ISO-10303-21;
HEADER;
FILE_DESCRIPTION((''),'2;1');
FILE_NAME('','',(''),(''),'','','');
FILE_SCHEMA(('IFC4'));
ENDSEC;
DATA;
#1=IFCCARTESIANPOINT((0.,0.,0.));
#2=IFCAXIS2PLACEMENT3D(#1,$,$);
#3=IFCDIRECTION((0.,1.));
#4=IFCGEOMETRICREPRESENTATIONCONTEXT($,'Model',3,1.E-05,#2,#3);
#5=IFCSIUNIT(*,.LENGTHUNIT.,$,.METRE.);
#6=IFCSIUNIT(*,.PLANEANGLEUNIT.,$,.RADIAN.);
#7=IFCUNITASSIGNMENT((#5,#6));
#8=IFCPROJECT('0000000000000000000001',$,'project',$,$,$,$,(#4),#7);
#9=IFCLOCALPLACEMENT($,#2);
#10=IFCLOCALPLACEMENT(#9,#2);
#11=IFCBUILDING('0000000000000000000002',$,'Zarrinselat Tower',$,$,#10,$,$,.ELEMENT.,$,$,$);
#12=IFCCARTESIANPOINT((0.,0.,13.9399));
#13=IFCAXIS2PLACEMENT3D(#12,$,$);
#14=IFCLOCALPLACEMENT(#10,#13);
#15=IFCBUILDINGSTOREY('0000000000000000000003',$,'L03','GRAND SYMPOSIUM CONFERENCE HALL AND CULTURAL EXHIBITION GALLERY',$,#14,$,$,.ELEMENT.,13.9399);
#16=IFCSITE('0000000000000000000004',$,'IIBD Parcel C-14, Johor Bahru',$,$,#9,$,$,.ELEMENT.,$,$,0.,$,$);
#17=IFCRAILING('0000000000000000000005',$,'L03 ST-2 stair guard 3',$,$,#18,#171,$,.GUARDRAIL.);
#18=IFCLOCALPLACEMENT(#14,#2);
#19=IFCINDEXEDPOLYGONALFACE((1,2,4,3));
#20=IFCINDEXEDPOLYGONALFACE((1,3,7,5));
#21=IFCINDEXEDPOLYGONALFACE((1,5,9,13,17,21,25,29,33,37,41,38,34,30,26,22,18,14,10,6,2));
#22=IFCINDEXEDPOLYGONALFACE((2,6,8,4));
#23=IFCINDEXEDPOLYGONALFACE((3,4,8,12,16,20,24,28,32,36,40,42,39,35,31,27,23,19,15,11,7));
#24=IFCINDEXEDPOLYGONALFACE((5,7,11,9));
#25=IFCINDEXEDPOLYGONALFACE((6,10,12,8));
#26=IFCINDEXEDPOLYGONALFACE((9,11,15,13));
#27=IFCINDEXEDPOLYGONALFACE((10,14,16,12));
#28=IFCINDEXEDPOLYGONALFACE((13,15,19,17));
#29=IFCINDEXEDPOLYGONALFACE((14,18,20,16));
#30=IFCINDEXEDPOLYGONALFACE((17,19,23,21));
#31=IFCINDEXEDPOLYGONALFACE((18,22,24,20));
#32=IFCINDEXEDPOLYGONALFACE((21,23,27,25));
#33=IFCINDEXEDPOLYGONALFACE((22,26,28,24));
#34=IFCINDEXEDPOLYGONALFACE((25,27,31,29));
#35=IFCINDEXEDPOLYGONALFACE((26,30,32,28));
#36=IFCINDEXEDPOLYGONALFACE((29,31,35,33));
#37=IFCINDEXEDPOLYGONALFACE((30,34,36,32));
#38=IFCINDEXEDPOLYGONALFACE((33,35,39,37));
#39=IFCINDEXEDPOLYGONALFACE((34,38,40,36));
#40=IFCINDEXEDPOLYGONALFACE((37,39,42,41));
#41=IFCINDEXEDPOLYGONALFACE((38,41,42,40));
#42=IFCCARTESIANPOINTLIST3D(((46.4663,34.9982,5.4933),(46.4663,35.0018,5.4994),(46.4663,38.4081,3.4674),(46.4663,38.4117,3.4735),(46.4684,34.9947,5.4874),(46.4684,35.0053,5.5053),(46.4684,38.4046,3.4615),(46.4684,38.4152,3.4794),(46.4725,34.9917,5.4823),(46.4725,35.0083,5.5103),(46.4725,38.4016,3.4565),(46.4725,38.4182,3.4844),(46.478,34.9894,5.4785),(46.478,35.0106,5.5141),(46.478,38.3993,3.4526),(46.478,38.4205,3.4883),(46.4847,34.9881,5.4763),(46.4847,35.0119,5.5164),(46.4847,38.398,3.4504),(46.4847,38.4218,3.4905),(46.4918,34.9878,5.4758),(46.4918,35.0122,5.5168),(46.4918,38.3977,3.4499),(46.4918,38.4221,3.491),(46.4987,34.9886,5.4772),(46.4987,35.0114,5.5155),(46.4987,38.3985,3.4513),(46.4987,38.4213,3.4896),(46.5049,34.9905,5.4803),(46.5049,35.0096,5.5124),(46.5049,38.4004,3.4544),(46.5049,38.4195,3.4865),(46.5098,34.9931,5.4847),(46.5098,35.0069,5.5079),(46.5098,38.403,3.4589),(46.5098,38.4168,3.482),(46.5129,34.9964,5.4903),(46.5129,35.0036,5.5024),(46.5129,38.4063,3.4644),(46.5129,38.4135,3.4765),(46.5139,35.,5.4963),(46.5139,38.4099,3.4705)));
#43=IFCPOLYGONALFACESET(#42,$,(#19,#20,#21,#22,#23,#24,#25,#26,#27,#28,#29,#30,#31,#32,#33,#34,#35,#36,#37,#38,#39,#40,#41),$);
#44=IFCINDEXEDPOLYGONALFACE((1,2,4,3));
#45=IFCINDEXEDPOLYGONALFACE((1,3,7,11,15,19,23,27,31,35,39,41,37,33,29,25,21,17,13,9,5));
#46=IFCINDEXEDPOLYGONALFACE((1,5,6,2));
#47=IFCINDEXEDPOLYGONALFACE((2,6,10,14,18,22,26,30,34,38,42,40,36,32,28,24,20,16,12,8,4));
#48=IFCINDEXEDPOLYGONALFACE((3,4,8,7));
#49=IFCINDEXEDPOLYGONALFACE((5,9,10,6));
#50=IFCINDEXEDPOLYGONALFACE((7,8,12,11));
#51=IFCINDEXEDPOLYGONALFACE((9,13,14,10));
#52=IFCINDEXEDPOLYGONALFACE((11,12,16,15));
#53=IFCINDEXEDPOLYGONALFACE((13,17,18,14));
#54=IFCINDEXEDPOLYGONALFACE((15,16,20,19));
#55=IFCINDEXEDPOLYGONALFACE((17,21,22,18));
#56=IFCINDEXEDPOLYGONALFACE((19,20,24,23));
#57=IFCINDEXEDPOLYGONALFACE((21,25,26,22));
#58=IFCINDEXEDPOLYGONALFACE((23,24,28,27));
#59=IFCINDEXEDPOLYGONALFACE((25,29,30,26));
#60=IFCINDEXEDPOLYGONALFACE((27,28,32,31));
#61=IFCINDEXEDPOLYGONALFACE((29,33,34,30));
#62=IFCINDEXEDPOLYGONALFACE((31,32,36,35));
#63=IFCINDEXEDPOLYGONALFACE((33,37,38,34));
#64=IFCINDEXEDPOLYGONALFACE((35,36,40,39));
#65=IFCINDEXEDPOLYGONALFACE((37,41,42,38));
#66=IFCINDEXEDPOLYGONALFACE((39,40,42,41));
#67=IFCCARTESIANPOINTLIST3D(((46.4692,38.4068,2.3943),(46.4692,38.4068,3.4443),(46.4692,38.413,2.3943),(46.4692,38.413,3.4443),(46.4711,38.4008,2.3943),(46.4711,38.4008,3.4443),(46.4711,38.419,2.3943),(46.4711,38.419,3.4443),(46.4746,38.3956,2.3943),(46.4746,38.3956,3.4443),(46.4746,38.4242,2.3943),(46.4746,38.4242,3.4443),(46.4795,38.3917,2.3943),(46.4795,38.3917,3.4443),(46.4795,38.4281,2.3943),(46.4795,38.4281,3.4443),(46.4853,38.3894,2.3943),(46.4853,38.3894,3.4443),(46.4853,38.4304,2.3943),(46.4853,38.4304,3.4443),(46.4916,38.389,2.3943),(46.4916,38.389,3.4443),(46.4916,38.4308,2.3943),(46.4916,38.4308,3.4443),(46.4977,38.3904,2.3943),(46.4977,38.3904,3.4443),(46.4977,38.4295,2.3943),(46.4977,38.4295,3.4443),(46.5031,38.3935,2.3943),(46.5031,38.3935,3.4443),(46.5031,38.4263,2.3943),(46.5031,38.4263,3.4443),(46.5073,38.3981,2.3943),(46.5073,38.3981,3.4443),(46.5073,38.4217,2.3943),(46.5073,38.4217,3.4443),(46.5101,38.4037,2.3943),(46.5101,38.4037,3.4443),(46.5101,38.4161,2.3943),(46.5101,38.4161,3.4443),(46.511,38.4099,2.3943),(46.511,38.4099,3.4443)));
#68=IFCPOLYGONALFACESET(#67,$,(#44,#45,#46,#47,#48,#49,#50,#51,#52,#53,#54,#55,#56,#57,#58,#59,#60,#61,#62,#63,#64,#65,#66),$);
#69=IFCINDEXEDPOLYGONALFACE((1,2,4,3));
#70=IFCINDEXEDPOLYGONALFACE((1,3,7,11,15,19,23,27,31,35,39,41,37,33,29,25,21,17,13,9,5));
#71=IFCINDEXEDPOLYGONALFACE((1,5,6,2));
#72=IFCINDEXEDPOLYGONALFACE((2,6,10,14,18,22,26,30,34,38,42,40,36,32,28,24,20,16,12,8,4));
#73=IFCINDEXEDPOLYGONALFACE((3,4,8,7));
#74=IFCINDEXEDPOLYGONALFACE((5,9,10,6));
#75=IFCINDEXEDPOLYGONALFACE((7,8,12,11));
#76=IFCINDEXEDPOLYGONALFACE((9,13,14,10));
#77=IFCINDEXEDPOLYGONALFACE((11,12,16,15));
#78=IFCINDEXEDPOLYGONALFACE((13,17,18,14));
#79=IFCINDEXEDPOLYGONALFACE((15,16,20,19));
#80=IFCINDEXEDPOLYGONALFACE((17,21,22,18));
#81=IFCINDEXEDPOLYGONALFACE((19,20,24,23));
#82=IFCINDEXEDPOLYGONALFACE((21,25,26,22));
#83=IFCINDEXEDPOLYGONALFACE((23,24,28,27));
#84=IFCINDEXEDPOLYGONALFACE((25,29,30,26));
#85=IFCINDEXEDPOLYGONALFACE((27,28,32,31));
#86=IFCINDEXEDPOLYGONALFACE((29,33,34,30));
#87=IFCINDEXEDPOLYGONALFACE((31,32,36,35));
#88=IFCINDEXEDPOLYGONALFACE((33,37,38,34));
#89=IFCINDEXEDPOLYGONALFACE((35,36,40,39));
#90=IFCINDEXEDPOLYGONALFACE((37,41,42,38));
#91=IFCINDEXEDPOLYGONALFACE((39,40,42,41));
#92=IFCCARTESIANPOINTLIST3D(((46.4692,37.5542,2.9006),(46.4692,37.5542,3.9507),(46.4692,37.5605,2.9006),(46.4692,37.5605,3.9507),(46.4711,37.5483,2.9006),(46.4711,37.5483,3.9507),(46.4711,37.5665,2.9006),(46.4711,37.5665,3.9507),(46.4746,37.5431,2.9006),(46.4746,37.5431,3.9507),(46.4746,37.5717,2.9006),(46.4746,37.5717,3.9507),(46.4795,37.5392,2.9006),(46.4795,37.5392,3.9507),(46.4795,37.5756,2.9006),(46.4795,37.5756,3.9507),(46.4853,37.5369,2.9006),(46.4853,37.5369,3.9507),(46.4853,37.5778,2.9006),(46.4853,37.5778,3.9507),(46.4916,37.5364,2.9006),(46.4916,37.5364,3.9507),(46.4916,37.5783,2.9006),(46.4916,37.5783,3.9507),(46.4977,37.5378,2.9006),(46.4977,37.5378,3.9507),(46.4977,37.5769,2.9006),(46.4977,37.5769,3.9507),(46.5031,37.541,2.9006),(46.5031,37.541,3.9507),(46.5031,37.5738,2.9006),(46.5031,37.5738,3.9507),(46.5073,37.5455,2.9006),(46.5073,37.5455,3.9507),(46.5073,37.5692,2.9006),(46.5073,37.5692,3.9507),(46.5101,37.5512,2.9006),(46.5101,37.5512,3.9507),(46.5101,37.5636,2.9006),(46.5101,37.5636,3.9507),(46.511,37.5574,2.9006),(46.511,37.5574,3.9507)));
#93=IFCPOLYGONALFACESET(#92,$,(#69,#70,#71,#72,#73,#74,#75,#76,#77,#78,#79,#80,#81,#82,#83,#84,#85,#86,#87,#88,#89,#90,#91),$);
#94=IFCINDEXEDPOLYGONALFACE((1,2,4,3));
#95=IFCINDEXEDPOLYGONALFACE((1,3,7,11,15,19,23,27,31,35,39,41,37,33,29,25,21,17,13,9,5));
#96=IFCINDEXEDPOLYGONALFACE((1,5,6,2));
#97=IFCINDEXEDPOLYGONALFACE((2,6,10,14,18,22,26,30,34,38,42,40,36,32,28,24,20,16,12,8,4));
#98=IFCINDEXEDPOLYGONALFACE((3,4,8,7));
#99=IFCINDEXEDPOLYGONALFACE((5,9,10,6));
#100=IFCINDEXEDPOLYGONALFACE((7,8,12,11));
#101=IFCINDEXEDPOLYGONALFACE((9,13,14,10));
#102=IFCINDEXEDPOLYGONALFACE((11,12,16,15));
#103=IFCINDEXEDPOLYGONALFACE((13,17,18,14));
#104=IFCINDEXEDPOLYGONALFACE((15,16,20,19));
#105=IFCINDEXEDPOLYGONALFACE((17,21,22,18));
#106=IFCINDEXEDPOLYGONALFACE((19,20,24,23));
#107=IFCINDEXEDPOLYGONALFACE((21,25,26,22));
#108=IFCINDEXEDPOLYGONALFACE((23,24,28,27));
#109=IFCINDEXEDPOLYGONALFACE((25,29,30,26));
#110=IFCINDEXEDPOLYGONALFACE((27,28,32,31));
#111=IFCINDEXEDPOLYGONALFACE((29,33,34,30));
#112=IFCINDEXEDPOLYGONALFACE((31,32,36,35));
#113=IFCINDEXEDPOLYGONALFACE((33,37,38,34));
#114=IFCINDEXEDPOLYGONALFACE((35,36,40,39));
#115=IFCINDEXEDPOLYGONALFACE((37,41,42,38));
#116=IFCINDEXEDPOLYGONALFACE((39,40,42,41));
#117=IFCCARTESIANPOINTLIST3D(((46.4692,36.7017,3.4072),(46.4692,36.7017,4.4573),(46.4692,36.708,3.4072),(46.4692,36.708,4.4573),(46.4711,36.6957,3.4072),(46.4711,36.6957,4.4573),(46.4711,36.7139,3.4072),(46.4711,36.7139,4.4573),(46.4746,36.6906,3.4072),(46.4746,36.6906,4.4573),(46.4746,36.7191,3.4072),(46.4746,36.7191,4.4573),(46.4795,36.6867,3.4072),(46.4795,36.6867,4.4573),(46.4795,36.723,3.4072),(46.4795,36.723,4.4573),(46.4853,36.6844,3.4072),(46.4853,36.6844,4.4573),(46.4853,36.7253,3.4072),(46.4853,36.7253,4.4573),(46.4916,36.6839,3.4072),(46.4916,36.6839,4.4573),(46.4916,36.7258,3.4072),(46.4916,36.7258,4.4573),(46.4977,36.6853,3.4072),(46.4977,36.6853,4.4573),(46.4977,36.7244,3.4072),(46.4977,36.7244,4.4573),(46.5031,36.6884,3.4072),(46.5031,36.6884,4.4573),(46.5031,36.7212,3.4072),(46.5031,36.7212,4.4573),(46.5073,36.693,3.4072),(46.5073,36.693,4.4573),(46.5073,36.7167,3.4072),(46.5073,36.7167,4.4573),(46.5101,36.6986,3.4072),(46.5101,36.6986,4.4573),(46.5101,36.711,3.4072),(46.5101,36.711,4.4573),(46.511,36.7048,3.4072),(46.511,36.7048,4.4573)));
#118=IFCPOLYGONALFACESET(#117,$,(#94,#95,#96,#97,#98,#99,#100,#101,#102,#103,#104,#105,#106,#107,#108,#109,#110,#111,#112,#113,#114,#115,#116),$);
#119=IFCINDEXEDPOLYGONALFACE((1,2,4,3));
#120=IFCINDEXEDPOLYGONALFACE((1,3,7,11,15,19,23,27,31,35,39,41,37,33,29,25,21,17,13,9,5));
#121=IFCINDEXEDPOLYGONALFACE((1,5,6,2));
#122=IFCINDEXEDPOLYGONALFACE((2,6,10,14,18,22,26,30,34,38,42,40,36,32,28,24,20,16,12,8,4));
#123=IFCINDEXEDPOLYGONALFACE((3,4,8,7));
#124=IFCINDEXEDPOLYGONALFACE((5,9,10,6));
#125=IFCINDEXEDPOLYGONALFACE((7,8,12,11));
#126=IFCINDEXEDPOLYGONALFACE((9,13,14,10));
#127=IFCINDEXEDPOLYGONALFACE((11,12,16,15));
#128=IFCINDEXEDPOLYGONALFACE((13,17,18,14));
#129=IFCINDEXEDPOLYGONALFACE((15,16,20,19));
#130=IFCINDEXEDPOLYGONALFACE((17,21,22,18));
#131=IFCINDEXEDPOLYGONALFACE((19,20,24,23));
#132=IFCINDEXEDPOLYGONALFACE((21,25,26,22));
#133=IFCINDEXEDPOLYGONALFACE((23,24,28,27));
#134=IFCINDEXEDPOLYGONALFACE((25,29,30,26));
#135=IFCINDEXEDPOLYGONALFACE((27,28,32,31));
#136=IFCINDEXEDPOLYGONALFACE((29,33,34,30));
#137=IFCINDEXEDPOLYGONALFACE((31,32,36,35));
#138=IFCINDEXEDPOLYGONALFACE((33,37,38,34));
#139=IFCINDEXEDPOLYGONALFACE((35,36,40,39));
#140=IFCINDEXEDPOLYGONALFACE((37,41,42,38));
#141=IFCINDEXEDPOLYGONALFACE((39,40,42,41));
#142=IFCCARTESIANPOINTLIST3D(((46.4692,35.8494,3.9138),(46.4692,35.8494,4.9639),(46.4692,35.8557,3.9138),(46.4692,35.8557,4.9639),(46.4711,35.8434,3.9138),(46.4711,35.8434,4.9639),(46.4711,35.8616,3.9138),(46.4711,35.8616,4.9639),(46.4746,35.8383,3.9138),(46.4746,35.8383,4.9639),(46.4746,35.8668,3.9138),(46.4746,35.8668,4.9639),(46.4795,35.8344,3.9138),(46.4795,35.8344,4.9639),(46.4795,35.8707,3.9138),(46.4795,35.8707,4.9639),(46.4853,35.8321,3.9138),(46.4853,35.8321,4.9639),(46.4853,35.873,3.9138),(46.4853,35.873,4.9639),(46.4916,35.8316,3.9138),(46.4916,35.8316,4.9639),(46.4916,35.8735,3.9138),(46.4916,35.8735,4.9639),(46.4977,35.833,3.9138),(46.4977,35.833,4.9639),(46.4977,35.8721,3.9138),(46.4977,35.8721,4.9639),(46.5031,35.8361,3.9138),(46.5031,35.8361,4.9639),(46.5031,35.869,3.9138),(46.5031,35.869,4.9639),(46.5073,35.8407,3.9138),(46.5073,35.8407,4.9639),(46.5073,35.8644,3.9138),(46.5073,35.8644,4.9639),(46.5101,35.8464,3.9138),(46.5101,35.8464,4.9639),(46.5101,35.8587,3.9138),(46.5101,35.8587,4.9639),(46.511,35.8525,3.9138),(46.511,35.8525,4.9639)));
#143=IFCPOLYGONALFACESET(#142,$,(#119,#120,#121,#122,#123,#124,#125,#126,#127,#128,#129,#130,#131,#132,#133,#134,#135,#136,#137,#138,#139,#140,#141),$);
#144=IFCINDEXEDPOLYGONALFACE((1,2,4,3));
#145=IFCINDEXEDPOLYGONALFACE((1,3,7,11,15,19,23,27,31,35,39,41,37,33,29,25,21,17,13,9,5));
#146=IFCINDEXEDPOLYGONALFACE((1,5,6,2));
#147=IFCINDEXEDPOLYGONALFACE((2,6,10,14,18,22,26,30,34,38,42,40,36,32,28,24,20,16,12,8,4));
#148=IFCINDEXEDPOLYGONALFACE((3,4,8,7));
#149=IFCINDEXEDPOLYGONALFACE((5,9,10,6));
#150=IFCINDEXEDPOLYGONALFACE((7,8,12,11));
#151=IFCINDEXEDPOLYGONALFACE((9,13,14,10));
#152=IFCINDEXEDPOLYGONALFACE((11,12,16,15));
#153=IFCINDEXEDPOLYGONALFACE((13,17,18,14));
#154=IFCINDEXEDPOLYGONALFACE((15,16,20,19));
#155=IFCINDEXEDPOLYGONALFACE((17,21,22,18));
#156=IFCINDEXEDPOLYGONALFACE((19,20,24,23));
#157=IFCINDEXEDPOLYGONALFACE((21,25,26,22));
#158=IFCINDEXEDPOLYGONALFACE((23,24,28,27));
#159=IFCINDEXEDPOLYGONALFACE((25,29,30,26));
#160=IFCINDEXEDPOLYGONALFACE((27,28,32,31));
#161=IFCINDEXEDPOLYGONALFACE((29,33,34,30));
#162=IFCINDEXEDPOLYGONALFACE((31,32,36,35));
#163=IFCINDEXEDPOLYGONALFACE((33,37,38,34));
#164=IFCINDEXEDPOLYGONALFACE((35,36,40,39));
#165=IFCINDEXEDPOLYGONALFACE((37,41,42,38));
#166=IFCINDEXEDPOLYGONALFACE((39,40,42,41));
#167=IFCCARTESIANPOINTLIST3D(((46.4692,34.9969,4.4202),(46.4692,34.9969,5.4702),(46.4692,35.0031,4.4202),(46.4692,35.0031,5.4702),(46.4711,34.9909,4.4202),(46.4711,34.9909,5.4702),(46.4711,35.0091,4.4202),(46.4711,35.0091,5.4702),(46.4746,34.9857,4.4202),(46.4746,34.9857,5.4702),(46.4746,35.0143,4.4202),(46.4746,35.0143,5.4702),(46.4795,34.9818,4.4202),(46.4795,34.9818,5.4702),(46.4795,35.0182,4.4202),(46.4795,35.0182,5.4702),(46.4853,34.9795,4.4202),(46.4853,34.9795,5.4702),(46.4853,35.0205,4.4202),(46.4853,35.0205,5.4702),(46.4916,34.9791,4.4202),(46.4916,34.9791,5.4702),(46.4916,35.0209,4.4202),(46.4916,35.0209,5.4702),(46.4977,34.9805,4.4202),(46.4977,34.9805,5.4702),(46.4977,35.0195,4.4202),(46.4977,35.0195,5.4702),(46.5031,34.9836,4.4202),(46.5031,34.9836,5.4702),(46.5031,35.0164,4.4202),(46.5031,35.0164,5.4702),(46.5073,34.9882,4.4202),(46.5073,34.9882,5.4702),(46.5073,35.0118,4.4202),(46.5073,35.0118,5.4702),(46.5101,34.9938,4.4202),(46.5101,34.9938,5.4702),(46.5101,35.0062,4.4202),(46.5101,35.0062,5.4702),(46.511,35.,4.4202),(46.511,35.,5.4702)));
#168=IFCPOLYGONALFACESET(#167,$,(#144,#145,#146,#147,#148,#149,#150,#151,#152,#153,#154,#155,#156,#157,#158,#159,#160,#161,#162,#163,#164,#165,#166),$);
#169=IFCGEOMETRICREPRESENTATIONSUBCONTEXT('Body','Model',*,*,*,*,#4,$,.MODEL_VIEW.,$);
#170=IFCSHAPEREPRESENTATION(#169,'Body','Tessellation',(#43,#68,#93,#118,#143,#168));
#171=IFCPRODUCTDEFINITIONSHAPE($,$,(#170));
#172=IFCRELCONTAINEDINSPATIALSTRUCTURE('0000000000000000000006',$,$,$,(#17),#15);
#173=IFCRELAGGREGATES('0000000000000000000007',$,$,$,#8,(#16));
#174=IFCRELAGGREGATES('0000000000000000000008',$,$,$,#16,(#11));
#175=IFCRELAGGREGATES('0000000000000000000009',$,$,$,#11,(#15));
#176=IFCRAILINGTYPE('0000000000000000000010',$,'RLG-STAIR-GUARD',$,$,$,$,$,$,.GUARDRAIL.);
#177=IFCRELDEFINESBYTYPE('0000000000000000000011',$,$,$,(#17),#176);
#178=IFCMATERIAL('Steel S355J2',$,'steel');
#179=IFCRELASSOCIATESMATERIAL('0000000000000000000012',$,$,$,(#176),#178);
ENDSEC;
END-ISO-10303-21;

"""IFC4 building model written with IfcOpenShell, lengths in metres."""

from ifc_helpers import new_model, si_unit, direction, frame, origin, origin_2d, place, context, subcontext, project, spatial, circle, extrude, material, type_object, element, save


model = new_model("IFC4")

# Units and contexts
model_context = context("Model", 3, precision=1e-05, world=origin(), true_north=direction((0.0, 1.0)))
body_context = subcontext(model_context, "Body", "Model", "MODEL_VIEW")
ifc_project = project(units=[si_unit("LENGTHUNIT", "METRE"), si_unit("PLANEANGLEUNIT", "RADIAN")], contexts=[model_context])

# Site, building, storey
site_placement = place(None, origin())
site = spatial("IfcSite", under=ifc_project, at=site_placement, Name="IIBD Parcel C-14, Johor Bahru", CompositionType="ELEMENT", RefElevation=0.0)
building_placement = place(site_placement, origin())
building = spatial("IfcBuilding", under=site, at=building_placement, Name="Zarrinselat Tower", CompositionType="ELEMENT")
storey_placement = place(building_placement, frame((0.0, 0.0, 13.9399)))
storey = spatial("IfcBuildingStorey", under=building, at=storey_placement, Name="L03", Description="GRAND SYMPOSIUM CONFERENCE HALL AND CULTURAL EXHIBITION GALLERY", CompositionType="ELEMENT", Elevation=13.9399)

# Railing
ifc_material_1 = material(Name="Steel S355J2", Category="steel")
railing_type_1 = type_object("IfcRailingType", Name="RLG-STAIR-GUARD", PredefinedType="GUARDRAIL", material=ifc_material_1)
railing_1_placement = place(storey_placement, frame((46.49, 38.4099, 2.3943)))
element("IfcRailing", 1, at=railing_1_placement, inside=storey, type_object=railing_type_1, Name="L03 ST-2 stair guard 3", PredefinedType="GUARDRAIL", context=body_context, shape_type="SweptSolid", body=[
    extrude(circle(Radius=0.0239, at=origin_2d()), frame((0.0, 0.0, 1.0762), z_axis=(0.0, -0.859717, 0.510771), x_axis=(1.0, 0.0, 0.0)), (0.0, 0.0, 1.0), 3.9663),
    extrude(circle(Radius=0.021, at=origin_2d()), origin(), (0.0, 0.0, 1.0), 1.05),
    extrude(circle(Radius=0.021, at=origin_2d()), frame((0.0, -0.8525, 0.5063)), (0.0, 0.0, 1.0), 1.05),
    extrude(circle(Radius=0.021, at=origin_2d()), frame((0.0, -1.7051, 1.0129)), (0.0, 0.0, 1.0), 1.05),
    extrude(circle(Radius=0.021, at=origin_2d()), frame((0.0, -2.5574, 1.5195)), (0.0, 0.0, 1.0), 1.05),
    extrude(circle(Radius=0.021, at=origin_2d()), frame((0.0, -3.4099, 2.0259)), (0.0, 0.0, 1.0), 1.05),
])

save(model, "model.ifc")
